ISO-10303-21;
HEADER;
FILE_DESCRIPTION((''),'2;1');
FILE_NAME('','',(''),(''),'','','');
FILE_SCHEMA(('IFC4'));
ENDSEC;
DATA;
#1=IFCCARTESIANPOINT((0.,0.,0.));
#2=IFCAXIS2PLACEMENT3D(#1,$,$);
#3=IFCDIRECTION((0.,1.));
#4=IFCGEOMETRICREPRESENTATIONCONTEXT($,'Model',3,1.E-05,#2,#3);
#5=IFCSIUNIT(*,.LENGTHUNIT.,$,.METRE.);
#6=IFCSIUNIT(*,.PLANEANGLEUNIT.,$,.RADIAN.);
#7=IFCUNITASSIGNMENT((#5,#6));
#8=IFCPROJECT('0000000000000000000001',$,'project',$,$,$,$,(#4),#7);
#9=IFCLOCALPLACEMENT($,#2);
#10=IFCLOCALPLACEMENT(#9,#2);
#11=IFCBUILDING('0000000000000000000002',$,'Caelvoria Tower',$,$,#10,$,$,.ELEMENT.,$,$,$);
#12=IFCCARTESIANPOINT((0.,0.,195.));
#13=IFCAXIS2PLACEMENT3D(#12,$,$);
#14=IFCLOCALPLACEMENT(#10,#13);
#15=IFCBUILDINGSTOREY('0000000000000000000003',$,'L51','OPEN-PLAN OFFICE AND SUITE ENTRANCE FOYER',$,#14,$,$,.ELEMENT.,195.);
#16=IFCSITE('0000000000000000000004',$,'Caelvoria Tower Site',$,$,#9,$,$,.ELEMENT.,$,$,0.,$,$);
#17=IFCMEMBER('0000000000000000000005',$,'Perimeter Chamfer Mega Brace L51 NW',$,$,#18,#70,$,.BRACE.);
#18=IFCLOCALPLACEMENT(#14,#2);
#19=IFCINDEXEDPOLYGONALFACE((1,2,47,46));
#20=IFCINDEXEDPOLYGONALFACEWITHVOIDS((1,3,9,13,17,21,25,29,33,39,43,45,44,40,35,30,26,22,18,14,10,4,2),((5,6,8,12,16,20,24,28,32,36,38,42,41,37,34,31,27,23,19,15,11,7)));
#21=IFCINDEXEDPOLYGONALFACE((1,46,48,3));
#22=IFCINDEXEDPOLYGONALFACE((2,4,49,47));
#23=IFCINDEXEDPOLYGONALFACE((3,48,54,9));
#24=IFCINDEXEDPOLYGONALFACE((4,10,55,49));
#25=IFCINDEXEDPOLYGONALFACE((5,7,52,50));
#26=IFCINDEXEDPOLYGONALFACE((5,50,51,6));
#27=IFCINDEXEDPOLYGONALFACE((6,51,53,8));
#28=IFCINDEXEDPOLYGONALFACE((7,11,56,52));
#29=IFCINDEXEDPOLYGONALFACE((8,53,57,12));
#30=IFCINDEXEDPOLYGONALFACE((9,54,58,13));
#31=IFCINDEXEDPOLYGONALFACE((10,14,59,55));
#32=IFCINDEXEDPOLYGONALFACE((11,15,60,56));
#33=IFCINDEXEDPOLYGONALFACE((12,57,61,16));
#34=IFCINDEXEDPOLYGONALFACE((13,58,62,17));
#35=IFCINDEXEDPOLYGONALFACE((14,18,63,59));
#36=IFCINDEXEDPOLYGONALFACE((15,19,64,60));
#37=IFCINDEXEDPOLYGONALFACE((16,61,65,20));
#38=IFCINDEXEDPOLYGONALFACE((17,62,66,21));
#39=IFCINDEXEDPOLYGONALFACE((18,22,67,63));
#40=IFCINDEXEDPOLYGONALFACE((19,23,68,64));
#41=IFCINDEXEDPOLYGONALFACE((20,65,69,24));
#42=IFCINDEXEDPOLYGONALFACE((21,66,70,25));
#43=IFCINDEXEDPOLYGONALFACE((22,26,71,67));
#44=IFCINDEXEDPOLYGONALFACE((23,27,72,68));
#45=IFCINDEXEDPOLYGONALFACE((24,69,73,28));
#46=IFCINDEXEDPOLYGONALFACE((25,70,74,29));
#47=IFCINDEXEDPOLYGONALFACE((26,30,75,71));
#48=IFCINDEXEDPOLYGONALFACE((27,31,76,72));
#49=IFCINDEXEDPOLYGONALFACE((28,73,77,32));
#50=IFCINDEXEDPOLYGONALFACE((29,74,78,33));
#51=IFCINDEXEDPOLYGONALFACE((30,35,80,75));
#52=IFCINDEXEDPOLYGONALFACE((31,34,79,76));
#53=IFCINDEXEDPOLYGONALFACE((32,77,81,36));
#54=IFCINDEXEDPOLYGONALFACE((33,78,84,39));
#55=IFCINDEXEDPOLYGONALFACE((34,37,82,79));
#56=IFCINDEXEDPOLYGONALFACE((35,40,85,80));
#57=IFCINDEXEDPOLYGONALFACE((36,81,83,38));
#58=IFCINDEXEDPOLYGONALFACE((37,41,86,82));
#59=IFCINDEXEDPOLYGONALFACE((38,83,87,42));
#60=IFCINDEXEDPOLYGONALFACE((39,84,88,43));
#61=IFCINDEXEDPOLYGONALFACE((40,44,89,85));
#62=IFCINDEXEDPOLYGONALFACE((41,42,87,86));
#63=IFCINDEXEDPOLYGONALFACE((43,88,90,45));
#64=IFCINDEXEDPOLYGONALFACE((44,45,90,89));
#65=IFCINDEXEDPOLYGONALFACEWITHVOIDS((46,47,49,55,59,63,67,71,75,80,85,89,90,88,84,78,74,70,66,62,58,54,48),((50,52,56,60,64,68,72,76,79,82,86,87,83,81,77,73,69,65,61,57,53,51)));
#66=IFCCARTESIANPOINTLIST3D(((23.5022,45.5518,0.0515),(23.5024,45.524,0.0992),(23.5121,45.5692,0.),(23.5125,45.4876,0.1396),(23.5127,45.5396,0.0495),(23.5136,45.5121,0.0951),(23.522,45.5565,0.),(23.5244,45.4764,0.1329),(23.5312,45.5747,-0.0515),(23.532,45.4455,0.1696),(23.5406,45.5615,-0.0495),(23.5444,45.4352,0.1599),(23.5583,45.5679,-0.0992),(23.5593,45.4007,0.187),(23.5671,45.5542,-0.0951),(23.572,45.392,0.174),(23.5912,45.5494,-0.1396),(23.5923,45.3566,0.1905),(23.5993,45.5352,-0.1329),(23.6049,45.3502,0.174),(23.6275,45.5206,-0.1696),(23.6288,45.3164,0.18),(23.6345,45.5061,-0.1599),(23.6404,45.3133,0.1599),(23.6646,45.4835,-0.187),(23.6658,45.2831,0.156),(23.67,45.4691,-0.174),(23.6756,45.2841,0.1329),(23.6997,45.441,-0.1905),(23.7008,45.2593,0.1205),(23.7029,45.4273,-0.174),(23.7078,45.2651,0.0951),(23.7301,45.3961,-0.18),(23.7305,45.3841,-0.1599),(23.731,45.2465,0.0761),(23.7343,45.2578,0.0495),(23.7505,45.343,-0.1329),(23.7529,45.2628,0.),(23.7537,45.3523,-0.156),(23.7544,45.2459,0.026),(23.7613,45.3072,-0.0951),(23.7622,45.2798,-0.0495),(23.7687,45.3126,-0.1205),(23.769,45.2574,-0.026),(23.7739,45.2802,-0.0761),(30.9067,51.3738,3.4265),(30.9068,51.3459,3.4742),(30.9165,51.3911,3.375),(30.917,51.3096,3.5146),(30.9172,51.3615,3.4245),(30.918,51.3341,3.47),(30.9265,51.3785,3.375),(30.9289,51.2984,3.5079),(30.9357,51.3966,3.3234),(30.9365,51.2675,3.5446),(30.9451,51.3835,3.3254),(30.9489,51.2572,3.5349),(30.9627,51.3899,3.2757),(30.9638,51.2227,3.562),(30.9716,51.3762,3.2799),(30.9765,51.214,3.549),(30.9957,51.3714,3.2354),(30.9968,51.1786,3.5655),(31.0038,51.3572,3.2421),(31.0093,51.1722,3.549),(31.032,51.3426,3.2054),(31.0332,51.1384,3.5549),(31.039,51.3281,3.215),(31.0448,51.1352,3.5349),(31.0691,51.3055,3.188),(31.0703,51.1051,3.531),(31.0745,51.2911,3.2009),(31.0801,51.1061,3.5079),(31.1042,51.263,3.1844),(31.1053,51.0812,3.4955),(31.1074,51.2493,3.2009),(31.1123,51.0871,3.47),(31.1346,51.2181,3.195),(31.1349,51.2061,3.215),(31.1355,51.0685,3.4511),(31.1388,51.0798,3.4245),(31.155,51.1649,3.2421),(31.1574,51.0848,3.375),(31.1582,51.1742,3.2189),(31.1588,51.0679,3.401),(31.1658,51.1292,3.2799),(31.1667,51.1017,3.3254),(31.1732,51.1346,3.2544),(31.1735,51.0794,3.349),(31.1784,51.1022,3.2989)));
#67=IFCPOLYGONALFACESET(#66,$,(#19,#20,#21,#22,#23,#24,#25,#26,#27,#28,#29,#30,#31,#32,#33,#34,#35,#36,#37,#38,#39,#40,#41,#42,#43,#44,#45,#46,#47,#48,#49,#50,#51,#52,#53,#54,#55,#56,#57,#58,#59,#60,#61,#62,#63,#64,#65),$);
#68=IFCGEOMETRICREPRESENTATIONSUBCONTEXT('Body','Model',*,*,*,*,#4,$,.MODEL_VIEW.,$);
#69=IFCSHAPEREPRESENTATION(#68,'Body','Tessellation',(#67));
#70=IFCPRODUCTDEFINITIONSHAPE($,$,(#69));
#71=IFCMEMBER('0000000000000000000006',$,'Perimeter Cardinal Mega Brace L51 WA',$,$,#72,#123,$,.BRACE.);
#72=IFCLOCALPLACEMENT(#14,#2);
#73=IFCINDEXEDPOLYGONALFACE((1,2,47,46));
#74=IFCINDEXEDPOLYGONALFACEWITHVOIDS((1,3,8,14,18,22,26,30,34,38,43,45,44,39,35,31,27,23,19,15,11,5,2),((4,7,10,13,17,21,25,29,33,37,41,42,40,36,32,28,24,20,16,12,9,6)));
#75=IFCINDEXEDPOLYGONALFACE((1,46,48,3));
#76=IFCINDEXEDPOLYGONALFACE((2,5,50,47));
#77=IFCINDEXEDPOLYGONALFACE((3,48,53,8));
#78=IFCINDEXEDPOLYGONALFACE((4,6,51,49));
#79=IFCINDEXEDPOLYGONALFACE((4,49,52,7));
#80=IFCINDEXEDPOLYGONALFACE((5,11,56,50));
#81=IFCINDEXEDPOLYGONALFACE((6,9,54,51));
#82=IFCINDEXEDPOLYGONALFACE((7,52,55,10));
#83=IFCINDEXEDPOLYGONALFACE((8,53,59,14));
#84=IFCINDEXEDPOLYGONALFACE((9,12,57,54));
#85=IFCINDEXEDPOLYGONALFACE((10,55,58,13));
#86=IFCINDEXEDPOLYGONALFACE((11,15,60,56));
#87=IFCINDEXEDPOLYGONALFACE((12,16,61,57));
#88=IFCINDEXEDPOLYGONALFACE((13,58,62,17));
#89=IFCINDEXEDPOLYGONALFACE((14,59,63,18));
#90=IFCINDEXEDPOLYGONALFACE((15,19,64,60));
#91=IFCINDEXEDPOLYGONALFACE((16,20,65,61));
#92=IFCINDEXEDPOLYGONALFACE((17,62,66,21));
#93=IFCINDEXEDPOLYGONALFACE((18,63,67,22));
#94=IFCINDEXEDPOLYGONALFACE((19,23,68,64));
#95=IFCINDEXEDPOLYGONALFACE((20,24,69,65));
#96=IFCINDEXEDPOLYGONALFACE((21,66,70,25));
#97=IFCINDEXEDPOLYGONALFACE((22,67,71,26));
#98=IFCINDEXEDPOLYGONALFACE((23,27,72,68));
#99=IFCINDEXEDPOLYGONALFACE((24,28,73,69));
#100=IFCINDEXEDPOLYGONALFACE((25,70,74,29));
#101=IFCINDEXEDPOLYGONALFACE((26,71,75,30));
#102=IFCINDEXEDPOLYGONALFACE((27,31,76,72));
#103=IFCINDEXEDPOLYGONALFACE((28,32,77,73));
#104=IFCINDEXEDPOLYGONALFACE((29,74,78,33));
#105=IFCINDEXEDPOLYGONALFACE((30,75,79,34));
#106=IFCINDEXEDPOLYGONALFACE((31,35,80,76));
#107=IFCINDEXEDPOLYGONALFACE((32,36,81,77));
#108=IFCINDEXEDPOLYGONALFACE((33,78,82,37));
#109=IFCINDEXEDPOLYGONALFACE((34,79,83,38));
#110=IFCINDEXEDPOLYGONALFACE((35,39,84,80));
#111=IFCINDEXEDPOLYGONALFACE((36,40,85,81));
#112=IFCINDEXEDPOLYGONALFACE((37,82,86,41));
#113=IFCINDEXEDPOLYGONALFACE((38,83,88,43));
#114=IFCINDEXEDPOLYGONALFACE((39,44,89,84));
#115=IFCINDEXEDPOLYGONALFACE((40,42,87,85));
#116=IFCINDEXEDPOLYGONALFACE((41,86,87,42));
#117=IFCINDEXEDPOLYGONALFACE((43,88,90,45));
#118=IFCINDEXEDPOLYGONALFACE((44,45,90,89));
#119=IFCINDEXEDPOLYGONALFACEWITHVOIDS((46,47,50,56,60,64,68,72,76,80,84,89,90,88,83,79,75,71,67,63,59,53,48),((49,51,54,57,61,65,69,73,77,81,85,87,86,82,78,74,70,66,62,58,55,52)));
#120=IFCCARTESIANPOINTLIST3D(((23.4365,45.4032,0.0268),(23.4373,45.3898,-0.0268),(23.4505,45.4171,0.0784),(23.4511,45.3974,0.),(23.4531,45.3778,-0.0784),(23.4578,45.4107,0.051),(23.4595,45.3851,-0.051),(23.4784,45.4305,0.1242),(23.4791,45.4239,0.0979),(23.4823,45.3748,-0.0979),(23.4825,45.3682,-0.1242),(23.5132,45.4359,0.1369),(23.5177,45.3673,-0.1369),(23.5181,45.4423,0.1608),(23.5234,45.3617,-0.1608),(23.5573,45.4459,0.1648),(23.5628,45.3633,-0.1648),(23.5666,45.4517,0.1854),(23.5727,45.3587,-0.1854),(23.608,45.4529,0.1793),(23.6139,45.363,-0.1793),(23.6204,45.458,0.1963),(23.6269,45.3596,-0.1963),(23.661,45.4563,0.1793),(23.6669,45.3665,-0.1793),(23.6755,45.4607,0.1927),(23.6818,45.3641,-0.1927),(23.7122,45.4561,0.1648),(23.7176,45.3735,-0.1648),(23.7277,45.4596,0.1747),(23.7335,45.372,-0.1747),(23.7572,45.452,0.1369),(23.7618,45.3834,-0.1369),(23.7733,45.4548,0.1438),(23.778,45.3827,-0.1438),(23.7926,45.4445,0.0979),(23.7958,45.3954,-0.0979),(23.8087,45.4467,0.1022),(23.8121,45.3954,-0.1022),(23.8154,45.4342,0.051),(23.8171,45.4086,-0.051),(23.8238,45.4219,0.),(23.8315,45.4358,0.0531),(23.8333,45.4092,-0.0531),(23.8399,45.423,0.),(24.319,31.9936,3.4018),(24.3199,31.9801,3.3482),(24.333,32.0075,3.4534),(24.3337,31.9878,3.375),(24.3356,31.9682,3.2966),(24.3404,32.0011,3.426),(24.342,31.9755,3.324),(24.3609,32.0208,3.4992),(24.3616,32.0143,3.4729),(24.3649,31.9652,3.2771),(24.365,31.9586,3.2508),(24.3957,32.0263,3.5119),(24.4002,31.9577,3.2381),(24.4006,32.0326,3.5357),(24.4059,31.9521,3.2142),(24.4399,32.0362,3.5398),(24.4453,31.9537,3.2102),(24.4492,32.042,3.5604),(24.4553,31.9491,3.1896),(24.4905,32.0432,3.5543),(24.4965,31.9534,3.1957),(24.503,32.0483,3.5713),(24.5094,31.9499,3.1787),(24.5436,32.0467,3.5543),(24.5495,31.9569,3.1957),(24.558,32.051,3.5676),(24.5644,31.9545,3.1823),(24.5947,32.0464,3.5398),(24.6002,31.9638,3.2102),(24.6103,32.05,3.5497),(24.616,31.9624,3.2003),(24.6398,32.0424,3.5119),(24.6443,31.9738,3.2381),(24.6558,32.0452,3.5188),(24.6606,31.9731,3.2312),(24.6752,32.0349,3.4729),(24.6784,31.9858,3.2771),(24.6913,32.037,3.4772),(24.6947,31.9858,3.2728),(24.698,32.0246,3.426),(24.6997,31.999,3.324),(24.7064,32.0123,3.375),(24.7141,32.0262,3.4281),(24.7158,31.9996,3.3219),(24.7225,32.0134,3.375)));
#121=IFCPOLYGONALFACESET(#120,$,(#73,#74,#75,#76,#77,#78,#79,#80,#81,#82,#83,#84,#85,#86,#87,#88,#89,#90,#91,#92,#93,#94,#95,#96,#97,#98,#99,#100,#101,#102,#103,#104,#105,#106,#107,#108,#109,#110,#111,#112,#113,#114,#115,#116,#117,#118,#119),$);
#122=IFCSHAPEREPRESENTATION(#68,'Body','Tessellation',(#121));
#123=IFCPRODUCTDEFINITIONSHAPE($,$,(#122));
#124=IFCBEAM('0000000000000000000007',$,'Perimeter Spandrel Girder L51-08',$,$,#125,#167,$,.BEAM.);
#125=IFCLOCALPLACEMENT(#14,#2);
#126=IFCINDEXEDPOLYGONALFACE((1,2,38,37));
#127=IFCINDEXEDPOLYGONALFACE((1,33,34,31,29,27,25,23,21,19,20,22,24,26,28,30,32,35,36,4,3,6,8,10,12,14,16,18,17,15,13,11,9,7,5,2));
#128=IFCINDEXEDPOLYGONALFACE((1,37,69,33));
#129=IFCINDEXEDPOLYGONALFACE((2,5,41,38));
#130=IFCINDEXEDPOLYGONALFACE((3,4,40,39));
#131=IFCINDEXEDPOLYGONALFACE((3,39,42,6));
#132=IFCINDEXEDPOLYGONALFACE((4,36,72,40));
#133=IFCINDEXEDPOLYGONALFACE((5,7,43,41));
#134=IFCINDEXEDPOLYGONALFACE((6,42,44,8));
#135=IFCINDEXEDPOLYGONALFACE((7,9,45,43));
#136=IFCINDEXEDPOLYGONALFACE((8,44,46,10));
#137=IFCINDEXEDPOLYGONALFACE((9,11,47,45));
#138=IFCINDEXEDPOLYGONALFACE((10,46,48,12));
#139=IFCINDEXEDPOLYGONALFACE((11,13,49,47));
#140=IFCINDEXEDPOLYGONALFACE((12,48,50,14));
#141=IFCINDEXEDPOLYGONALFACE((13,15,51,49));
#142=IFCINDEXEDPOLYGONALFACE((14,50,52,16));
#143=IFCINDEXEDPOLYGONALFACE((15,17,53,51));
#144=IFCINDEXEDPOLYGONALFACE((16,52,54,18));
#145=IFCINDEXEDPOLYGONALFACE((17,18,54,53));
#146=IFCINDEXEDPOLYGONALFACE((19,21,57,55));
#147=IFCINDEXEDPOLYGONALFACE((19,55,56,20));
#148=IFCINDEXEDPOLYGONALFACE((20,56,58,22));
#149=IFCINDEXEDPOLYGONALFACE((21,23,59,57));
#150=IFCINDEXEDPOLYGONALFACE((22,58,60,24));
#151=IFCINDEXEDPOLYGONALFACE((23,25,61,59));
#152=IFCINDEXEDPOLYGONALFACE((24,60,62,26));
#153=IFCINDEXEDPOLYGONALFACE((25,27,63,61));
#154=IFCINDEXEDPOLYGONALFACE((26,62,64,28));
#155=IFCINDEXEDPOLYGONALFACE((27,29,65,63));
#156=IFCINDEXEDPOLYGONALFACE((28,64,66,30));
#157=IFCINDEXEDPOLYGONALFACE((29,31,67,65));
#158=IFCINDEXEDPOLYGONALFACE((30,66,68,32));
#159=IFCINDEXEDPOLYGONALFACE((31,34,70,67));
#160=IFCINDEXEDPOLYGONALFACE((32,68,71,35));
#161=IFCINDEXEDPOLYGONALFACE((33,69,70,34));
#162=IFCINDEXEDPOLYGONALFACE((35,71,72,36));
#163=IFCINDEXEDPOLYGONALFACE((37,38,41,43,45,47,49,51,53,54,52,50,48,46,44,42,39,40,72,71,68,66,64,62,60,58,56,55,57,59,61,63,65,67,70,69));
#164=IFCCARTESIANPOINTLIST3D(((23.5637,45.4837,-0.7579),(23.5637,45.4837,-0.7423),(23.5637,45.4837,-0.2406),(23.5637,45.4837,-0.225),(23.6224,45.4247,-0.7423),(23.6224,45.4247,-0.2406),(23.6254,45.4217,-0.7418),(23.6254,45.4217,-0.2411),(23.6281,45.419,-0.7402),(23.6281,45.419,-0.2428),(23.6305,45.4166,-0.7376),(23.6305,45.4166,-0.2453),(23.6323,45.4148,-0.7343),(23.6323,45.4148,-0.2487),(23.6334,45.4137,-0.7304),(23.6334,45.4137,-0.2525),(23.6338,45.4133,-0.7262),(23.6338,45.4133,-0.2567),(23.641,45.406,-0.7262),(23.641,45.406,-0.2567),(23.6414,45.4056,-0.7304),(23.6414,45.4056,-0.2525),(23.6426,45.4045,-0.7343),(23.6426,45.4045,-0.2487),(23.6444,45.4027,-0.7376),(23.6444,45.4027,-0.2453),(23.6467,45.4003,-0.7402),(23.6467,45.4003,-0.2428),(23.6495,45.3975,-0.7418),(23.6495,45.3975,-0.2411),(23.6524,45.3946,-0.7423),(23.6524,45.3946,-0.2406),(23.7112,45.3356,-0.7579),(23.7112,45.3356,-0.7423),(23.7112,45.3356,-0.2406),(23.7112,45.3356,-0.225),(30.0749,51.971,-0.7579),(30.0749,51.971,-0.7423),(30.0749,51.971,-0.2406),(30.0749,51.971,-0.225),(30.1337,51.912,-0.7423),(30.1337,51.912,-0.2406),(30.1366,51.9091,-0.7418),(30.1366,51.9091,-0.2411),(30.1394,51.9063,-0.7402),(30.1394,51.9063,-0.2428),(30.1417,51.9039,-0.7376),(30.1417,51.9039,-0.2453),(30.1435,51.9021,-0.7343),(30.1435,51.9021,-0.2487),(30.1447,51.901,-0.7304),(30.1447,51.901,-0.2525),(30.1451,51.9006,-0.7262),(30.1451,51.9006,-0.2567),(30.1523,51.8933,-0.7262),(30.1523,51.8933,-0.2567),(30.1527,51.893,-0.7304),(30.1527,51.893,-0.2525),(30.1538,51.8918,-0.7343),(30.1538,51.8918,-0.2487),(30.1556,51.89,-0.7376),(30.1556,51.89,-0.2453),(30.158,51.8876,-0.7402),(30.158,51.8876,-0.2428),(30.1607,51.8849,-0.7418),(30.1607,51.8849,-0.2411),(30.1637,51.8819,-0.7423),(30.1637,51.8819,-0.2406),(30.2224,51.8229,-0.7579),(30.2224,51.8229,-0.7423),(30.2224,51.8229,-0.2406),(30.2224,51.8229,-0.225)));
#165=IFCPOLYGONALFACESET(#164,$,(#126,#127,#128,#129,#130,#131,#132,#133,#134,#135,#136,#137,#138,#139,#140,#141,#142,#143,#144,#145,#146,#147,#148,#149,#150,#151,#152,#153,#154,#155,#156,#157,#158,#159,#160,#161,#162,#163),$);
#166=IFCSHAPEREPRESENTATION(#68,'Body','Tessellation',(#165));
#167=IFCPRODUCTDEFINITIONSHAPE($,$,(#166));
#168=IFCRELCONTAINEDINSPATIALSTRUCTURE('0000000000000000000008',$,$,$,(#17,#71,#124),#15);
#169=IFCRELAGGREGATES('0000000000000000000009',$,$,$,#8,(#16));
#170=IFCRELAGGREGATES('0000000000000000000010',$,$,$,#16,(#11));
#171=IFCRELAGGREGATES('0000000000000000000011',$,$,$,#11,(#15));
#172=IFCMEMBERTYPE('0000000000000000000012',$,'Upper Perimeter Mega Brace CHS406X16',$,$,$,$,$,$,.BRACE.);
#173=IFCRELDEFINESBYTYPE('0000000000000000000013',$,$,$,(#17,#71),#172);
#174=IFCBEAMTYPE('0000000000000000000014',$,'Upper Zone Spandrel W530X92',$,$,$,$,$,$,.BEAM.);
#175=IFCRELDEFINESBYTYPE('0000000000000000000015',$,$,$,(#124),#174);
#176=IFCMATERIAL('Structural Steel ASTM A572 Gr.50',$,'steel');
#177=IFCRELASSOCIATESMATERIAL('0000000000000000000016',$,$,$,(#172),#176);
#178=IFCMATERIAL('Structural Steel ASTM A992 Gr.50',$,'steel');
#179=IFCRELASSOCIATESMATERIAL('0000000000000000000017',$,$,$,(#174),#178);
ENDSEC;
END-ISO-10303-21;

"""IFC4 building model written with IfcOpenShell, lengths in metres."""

from ifc_helpers import new_model, si_unit, direction, frame, origin, origin_2d, place, context, subcontext, project, spatial, hollow_circle, i_section, extrude, material, material_profile, profile_set, type_object, element, save


model = new_model("IFC4")

# Units and contexts
model_context = context("Model", 3, precision=1e-05, world=origin(), true_north=direction((0.0, 1.0)))
body_context = subcontext(model_context, "Body", "Model", "MODEL_VIEW")
ifc_project = project(units=[si_unit("LENGTHUNIT", "METRE"), si_unit("PLANEANGLEUNIT", "RADIAN")], contexts=[model_context])

# Site, building, storey
site_placement = place(None, origin())
site = spatial("IfcSite", under=ifc_project, at=site_placement, Name="Caelvoria Tower Site", CompositionType="ELEMENT", RefElevation=0.0)
building_placement = place(site_placement, origin())
building = spatial("IfcBuilding", under=site, at=building_placement, Name="Caelvoria Tower", CompositionType="ELEMENT")
storey_placement = place(building_placement, frame((0.0, 0.0, 195.0)))
storey = spatial("IfcBuildingStorey", under=building, at=storey_placement, Name="L51", Description="OPEN-PLAN OFFICE AND SUITE ENTRANCE FOYER", CompositionType="ELEMENT", Elevation=195.0)

# Shared definitions
ifc_material_1 = material(Name="Structural Steel ASTM A572 Gr.50", Category="steel")

# Shared definitions
ifc_material_2 = material(Name="Structural Steel ASTM A992 Gr.50", Category="steel")

# Members
ifc_material_profile_1 = material_profile(ifc_material_1, hollow_circle(Radius=0.2029, WallThickness=0.0161, at=origin_2d()), Name="Structural Steel ASTM A572 Gr.50")
ifc_profile_set_1 = profile_set([ifc_material_profile_1], Name="CHS406X16 - Structural Steel ASTM A572 Gr.50")
member_type = type_object("IfcMemberType", Name="Upper Perimeter Mega Brace CHS406X16", PredefinedType="BRACE", material=ifc_profile_set_1)
member_1_placement = place(storey_placement, frame((23.6375, 45.4097, 0.0), z_axis=(0.740033, 0.581871, 0.337308), x_axis=(-0.618095, 0.786103, 0.0)))
element("IfcMember", 1, at=member_1_placement, inside=storey, type_object=member_type, Name="Perimeter Chamfer Mega Brace L51 NW", PredefinedType="BRACE", context=body_context, shape_type="SweptSolid", body=[
    extrude(hollow_circle(Radius=0.2029, WallThickness=0.0161, at=origin_2d()), origin(), (0.0, 0.0, 1.0), 10.0056),
])
member_2_placement = place(storey_placement, frame((23.6375, 45.4097, 0.0), z_axis=(0.063696, -0.967788, 0.243577), x_axis=(0.997841, 0.065674, 0.0)))
element("IfcMember", 2, at=member_2_placement, inside=storey, type_object=member_type, Name="Perimeter Cardinal Mega Brace L51 WA", PredefinedType="BRACE", context=body_context, shape_type="SweptSolid", body=[
    extrude(hollow_circle(Radius=0.2029, WallThickness=0.0161, at=origin_2d()), origin(), (0.0, 0.0, 1.0), 13.856),
])

# Beam
ifc_material_profile_2 = material_profile(ifc_material_2, i_section(OverallWidth=0.209, OverallDepth=0.533, WebThickness=0.0103, FlangeThickness=0.0156, FilletRadius=0.0161, at=origin_2d()), Name="Structural Steel ASTM A992 Gr.50")
ifc_profile_set_2 = profile_set([ifc_material_profile_2], Name="W530X92 - Structural Steel ASTM A992 Gr.50")
beam_type_1 = type_object("IfcBeamType", Name="Upper Zone Spandrel W530X92", PredefinedType="BEAM", material=ifc_profile_set_2)
beam_1_placement = place(storey_placement, frame((30.1487, 51.897, -0.4915), z_axis=(-0.708407, -0.705804, 0.0), x_axis=(0.705804, -0.708407, 0.0)))
element("IfcBeam", 3, at=beam_1_placement, inside=storey, type_object=beam_type_1, Name="Perimeter Spandrel Girder L51-08", PredefinedType="BEAM", context=body_context, shape_type="SweptSolid", body=[
    extrude(i_section(OverallWidth=0.209, OverallDepth=0.533, WebThickness=0.0103, FlangeThickness=0.0156, FilletRadius=0.0161, at=origin_2d()), origin(), (0.0, 0.0, 1.0), 9.1914),
])

save(model, "model.ifc")
